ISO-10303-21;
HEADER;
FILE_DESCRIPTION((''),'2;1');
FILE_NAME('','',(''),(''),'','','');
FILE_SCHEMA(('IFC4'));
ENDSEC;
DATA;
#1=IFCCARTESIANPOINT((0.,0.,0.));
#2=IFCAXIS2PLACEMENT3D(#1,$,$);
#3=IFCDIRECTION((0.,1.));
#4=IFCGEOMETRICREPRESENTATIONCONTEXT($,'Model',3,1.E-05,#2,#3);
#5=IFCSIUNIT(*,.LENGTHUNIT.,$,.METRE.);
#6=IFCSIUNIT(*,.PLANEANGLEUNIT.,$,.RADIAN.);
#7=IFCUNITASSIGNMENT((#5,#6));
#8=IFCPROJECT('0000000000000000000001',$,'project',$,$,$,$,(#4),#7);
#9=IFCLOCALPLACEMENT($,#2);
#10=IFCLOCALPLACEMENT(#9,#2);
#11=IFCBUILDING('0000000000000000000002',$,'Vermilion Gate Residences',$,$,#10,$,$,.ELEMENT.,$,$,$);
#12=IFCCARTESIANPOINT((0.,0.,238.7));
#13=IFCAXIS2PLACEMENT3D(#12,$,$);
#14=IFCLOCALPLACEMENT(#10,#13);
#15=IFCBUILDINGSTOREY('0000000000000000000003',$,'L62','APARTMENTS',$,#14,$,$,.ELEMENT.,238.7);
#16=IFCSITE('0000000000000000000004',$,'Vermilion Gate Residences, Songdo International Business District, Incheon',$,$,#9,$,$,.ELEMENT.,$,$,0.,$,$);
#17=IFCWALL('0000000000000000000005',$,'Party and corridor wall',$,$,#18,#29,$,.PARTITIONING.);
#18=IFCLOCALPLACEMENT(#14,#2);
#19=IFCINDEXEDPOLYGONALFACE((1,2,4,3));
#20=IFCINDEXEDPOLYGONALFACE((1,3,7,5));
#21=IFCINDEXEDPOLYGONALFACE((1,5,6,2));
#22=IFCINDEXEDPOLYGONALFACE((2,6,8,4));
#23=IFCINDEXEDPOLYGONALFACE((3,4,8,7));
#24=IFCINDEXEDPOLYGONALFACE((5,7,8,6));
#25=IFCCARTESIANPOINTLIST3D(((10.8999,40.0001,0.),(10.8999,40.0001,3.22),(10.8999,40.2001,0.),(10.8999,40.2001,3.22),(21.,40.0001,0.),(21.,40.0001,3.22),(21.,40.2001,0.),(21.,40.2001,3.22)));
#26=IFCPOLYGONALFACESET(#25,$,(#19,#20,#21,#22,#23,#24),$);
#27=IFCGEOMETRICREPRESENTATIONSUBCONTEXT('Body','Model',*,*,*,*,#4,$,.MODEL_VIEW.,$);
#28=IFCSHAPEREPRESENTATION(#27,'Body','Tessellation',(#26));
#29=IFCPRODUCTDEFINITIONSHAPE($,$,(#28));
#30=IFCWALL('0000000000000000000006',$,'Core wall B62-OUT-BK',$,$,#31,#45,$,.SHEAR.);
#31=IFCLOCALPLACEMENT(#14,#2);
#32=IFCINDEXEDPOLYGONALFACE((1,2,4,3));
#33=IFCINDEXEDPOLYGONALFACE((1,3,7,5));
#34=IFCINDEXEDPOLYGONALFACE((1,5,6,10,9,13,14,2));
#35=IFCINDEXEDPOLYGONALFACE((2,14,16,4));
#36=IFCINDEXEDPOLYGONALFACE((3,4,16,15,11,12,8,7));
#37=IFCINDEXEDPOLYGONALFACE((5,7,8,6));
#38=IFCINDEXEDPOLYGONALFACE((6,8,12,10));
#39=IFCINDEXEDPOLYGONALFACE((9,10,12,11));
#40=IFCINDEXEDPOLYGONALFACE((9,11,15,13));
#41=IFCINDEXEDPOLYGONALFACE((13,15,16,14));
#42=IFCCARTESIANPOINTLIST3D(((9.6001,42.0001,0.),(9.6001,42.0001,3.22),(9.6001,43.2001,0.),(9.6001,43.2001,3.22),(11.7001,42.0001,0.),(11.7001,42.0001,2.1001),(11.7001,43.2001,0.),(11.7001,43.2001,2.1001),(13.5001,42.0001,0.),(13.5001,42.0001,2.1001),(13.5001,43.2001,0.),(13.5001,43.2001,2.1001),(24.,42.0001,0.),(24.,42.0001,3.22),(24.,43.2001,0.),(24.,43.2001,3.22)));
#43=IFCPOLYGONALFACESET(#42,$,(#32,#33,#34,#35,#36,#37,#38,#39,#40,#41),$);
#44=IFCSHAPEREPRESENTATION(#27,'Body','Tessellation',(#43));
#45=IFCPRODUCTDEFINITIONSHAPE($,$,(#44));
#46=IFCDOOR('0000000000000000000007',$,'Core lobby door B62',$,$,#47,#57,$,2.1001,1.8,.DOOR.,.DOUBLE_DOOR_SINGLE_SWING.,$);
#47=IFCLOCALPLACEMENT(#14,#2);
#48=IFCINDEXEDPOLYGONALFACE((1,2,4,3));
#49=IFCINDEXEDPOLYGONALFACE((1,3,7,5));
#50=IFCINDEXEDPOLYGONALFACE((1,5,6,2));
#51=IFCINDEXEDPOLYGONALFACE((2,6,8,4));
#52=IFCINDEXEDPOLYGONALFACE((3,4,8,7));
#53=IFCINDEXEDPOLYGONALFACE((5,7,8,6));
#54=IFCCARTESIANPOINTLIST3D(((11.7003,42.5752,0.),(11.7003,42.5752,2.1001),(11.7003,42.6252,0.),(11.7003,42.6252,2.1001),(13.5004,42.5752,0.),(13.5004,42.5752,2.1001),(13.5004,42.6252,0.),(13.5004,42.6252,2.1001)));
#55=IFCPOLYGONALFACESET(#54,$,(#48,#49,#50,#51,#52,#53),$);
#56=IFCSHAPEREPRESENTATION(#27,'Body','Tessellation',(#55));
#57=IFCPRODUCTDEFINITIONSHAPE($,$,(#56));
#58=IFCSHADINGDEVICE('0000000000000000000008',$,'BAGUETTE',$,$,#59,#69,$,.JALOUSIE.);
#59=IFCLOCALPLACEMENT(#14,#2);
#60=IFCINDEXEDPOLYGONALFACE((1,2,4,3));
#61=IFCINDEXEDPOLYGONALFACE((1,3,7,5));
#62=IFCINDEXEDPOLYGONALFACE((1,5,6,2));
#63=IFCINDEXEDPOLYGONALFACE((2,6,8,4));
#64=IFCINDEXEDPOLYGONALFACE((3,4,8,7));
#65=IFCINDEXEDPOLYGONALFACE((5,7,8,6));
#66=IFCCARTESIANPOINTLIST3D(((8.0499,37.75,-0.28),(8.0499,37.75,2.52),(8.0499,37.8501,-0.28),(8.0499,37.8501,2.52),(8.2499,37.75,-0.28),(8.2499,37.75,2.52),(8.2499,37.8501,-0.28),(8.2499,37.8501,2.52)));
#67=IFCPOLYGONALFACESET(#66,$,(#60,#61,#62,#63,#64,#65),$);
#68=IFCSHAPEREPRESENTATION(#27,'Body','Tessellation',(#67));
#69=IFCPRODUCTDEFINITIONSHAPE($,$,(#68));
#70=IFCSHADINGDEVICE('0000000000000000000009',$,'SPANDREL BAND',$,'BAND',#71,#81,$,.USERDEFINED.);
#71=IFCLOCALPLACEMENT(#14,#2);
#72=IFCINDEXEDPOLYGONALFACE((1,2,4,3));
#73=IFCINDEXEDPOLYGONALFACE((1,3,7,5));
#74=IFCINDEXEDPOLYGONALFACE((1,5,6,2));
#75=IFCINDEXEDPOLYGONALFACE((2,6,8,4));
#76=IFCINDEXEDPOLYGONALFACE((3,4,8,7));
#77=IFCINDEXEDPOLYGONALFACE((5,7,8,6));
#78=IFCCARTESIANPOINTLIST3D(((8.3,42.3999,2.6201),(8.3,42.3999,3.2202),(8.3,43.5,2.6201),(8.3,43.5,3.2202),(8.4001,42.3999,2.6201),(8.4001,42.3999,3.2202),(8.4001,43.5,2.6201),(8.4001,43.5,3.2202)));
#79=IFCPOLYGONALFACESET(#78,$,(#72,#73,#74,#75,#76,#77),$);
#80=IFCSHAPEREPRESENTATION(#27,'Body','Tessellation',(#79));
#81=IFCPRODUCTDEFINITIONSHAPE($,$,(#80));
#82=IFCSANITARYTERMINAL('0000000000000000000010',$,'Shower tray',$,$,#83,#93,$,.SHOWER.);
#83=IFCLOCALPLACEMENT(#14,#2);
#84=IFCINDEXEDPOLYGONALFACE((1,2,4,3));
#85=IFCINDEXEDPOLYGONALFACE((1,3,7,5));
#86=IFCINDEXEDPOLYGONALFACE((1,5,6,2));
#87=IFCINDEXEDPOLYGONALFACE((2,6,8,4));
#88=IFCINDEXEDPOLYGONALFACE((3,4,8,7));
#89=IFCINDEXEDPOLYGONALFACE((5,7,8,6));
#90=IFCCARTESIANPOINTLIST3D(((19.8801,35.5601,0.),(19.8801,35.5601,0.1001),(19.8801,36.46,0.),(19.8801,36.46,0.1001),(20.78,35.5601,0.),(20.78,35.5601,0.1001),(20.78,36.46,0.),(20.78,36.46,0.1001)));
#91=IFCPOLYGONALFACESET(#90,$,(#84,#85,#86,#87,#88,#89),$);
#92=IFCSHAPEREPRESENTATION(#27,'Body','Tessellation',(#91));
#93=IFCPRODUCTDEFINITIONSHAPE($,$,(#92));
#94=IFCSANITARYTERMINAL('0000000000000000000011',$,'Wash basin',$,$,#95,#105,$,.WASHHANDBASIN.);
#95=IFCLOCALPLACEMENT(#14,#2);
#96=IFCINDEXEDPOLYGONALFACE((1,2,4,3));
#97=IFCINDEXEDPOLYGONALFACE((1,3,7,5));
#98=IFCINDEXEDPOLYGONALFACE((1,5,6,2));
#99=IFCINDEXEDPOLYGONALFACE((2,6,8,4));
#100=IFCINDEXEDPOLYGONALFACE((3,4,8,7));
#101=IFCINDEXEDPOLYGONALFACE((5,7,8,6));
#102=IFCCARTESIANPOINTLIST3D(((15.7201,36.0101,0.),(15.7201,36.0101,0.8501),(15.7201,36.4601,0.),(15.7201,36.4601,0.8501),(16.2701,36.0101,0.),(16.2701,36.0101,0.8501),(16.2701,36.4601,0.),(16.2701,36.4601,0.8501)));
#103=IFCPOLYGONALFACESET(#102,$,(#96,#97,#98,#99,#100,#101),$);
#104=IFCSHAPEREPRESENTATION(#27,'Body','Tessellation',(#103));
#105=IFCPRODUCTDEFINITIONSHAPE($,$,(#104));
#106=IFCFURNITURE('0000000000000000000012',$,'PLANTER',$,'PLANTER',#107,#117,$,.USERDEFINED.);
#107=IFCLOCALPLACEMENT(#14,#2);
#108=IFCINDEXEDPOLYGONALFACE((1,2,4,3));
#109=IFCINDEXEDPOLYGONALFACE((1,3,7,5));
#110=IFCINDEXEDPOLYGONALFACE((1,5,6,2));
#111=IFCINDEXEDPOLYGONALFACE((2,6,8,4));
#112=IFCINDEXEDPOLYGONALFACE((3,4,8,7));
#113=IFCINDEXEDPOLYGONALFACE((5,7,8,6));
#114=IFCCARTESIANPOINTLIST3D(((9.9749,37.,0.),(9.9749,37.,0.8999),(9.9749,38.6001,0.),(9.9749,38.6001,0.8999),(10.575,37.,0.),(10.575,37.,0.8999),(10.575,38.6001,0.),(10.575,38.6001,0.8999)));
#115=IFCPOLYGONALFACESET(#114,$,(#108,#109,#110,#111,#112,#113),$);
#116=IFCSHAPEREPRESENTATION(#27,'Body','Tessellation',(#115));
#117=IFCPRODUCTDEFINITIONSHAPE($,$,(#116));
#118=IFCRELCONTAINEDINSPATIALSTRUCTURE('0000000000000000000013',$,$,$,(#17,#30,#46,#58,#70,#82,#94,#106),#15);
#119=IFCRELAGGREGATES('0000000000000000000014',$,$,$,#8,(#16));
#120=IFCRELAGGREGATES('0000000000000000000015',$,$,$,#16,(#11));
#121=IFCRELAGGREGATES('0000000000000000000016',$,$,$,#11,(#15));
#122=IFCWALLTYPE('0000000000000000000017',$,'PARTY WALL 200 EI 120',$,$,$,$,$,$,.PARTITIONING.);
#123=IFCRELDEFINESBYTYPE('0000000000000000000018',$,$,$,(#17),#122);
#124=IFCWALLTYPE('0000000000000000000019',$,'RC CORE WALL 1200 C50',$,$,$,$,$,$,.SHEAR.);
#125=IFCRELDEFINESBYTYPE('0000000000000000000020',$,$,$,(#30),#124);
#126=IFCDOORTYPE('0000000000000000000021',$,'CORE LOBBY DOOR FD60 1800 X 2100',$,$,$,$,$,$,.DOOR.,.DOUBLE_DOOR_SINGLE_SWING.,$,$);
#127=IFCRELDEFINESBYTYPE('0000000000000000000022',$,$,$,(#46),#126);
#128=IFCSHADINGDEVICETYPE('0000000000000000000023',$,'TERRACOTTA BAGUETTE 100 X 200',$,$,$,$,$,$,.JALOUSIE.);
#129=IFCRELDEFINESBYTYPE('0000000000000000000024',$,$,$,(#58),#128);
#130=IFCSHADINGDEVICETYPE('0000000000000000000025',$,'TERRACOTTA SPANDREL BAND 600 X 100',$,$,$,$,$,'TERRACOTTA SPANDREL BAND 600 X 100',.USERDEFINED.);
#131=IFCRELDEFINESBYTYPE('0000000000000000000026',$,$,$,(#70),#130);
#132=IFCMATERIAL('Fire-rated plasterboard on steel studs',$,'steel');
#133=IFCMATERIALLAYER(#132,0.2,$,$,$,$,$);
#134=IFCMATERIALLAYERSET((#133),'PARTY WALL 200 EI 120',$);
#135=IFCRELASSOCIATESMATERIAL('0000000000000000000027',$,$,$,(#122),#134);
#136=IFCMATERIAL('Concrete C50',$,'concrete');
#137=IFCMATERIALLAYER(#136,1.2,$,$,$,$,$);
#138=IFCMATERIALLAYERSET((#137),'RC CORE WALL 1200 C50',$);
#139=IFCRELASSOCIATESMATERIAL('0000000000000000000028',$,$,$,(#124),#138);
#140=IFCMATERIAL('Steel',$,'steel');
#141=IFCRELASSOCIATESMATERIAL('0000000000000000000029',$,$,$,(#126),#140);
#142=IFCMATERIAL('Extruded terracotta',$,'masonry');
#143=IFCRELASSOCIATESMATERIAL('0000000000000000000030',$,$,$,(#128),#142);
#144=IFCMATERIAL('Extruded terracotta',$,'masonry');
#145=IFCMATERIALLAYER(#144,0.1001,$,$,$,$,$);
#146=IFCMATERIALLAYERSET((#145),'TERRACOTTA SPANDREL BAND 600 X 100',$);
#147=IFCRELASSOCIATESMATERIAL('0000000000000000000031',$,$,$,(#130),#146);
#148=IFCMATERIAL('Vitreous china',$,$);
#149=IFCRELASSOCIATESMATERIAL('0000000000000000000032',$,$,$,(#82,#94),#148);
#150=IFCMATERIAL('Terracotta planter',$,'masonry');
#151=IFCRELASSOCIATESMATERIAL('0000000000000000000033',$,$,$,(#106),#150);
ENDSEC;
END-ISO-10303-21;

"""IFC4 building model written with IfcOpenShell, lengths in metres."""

from ifc_helpers import new_model, si_unit, direction, frame, frame_2d, origin, origin_2d, place, context, subcontext, project, spatial, rectangle, extrude, material, layer, layer_set, material_profile, profile_set, type_object, element, fill, save


model = new_model("IFC4")

# Units and contexts
model_context = context("Model", 3, precision=1e-05, world=origin(), true_north=direction((0.0, 1.0)))
body_context = subcontext(model_context, "Body", "Model", "MODEL_VIEW")
ifc_project = project(units=[si_unit("LENGTHUNIT", "METRE"), si_unit("PLANEANGLEUNIT", "RADIAN")], contexts=[model_context])

# Site, building, storey
site_placement = place(None, origin())
site = spatial("IfcSite", under=ifc_project, at=site_placement, Name="Vermilion Gate Residences, Songdo International Business District, Incheon", CompositionType="ELEMENT", RefElevation=0.0)
building_placement = place(site_placement, origin())
building = spatial("IfcBuilding", under=site, at=building_placement, Name="Vermilion Gate Residences", CompositionType="ELEMENT")
storey_placement = place(building_placement, frame((0.0, 0.0, 238.7)))
storey = spatial("IfcBuildingStorey", under=building, at=storey_placement, Name="L62", Description="APARTMENTS", CompositionType="ELEMENT", Elevation=238.7)

# Wall
ifc_material_1 = material(Name="Fire-rated plasterboard on steel studs", Category="steel")
ifc_layer_1 = layer(ifc_material_1, 0.2)
ifc_layer_set_1 = layer_set([ifc_layer_1], Name="PARTY WALL 200 EI 120")
wall_type_1 = type_object("IfcWallType", Name="PARTY WALL 200 EI 120", PredefinedType="PARTITIONING", material=ifc_layer_set_1)
wall_1_placement = place(storey_placement, frame((10.8999, 40.1001, 0.0), z_axis=(0.0, 0.0, 1.0), x_axis=(1.0, 0.0, 0.0)))
element("IfcWall", 1, at=wall_1_placement, inside=storey, type_object=wall_type_1, Name="Party and corridor wall", PredefinedType="PARTITIONING", context=body_context, shape_type="SweptSolid", body=[
    extrude(rectangle(XDim=10.1001, YDim=0.2, at=frame_2d((5.05, 0.0))), origin(), (0.0, 0.0, 1.0), 3.22),
])

# Wall, opening, door
ifc_material_2 = material(Name="Concrete C50", Category="concrete")
ifc_layer_2 = layer(ifc_material_2, 1.2)
ifc_layer_set_2 = layer_set([ifc_layer_2], Name="RC CORE WALL 1200 C50")
wall_type_2 = type_object("IfcWallType", Name="RC CORE WALL 1200 C50", PredefinedType="SHEAR", material=ifc_layer_set_2)
wall_2_placement = place(storey_placement, frame((9.6001, 42.6001, 0.0), z_axis=(0.0, 0.0, 1.0), x_axis=(1.0, 0.0, 0.0)))
wall_2 = element("IfcWall", 2, at=wall_2_placement, inside=storey, type_object=wall_type_2, Name="Core wall B62-OUT-BK", PredefinedType="SHEAR", context=body_context, shape_type="SweptSolid", body=[
    extrude(rectangle(XDim=14.3999, YDim=1.2, at=frame_2d((7.2, 0.0))), origin(), (0.0, 0.0, 1.0), 3.22),
])
opening_1_placement = place(wall_2_placement, frame((2.1001, 0.0, 0.0)))
opening_1 = element("IfcOpeningElement", 3, at=opening_1_placement, cuts=wall_2, PredefinedType="OPENING", context=body_context, shape_type="SweptSolid", body=[
    extrude(rectangle(XDim=1.8, YDim=2.1001, at=frame_2d((0.8999, 1.05))), frame((0.0, 0.6099, 0.0), z_axis=(0.0, -1.0, 0.0), x_axis=(1.0, 0.0, 0.0)), (0.0, 0.0, 1.0), 1.22),
])
ifc_material_3 = material(Name="Steel", Category="steel")
door_type_1 = type_object("IfcDoorType", Name="CORE LOBBY DOOR FD60 1800 X 2100", OperationType="DOUBLE_DOOR_SINGLE_SWING", PredefinedType="DOOR", material=ifc_material_3)
door_1_placement = place(opening_1_placement, frame((1.8, 0.0, 0.0), z_axis=(0.0, 0.0, 1.0), x_axis=(-1.0, 0.0, 0.0)))
door_1 = element("IfcDoor", 4, at=door_1_placement, inside=storey, type_object=door_type_1, Name="Core lobby door B62", OperationType="DOUBLE_DOOR_SINGLE_SWING", OverallHeight=2.1001, OverallWidth=1.8, PredefinedType="DOOR", context=body_context, shape_type="SweptSolid", body=[
    extrude(rectangle(XDim=1.8, YDim=2.1001, at=frame_2d((0.8999, 1.05))), frame((0.0, 0.0249, 0.0), z_axis=(0.0, -1.0, 0.0), x_axis=(1.0, 0.0, 0.0)), (0.0, 0.0, 1.0), 0.05),
])
fill(opening_1, door_1)

# Shading devices
ifc_material_4 = material(Name="Extruded terracotta", Category="masonry")
ifc_material_profile_1 = material_profile(ifc_material_4, rectangle(XDim=0.2, YDim=0.1001, at=origin_2d()), Name="BAGUETTE 100 X 200")
ifc_profile_set_1 = profile_set([ifc_material_profile_1], Name="Extruded terracotta")
shading_device_type_1 = type_object("IfcShadingDeviceType", Name="TERRACOTTA BAGUETTE 100 X 200", PredefinedType="JALOUSIE", material=ifc_profile_set_1)
shading_device_1_placement = place(storey_placement, frame((8.1499, 37.8, -0.28), z_axis=(0.0, 0.0, 1.0), x_axis=(1.0, 0.0, 0.0)))
element("IfcShadingDevice", 5, at=shading_device_1_placement, inside=storey, type_object=shading_device_type_1, Name="BAGUETTE", PredefinedType="JALOUSIE", context=body_context, shape_type="SweptSolid", body=[
    extrude(rectangle(XDim=0.2, YDim=0.1001, at=origin_2d()), origin(), (0.0, 0.0, 1.0), 2.8),
])
ifc_material_5 = material(Name="Extruded terracotta", Category="masonry")
ifc_layer_3 = layer(ifc_material_5, 0.1001)
ifc_layer_set_3 = layer_set([ifc_layer_3], Name="TERRACOTTA SPANDREL BAND 600 X 100")
shading_device_type_2 = type_object("IfcShadingDeviceType", Name="TERRACOTTA SPANDREL BAND 600 X 100", ElementType="TERRACOTTA SPANDREL BAND 600 X 100", PredefinedType="USERDEFINED", material=ifc_layer_set_3)
shading_device_2_placement = place(storey_placement, frame((8.3501, 42.95, 2.6201), z_axis=(0.0, 0.0, 1.0), x_axis=(0.0, 1.0, 0.0)))
element("IfcShadingDevice", 6, at=shading_device_2_placement, inside=storey, type_object=shading_device_type_2, Name="SPANDREL BAND", ObjectType="BAND", PredefinedType="USERDEFINED", context=body_context, shape_type="SweptSolid", body=[
    extrude(rectangle(XDim=1.1001, YDim=0.1001, at=origin_2d()), origin(), (0.0, 0.0, 1.0), 0.6001),
])

# Sanitary terminals
ifc_material_6 = material(Name="Vitreous china")
sanitary_terminal_1_placement = place(storey_placement, frame((20.3301, 36.01, 0.0), z_axis=(0.0, 0.0, 1.0), x_axis=(1.0, 0.0, 0.0)))
element("IfcSanitaryTerminal", 7, at=sanitary_terminal_1_placement, inside=storey, material=ifc_material_6, Name="Shower tray", PredefinedType="SHOWER", context=body_context, shape_type="SweptSolid", body=[
    extrude(rectangle(XDim=0.8999, YDim=0.8999, at=origin_2d()), origin(), (0.0, 0.0, 1.0), 0.1001),
])
sanitary_terminal_2_placement = place(storey_placement, frame((15.9951, 36.2351, 0.0), z_axis=(0.0, 0.0, 1.0), x_axis=(1.0, 0.0, 0.0)))
element("IfcSanitaryTerminal", 8, at=sanitary_terminal_2_placement, inside=storey, material=ifc_material_6, Name="Wash basin", PredefinedType="WASHHANDBASIN", context=body_context, shape_type="SweptSolid", body=[
    extrude(rectangle(XDim=0.55, YDim=0.45, at=origin_2d()), origin(), (0.0, 0.0, 1.0), 0.8501),
])

# Furniture
ifc_material_7 = material(Name="Terracotta planter", Category="masonry")
furniture_placement = place(storey_placement, frame((10.2749, 37.8, 0.0), z_axis=(0.0, 0.0, 1.0), x_axis=(0.0, -1.0, 0.0)))
element("IfcFurniture", 9, at=furniture_placement, inside=storey, material=ifc_material_7, Name="PLANTER", ObjectType="PLANTER", PredefinedType="USERDEFINED", context=body_context, shape_type="SweptSolid", body=[
    extrude(rectangle(XDim=1.6001, YDim=0.6001, at=origin_2d()), origin(), (0.0, 0.0, 1.0), 0.8999),
])

save(model, "model.ifc")
